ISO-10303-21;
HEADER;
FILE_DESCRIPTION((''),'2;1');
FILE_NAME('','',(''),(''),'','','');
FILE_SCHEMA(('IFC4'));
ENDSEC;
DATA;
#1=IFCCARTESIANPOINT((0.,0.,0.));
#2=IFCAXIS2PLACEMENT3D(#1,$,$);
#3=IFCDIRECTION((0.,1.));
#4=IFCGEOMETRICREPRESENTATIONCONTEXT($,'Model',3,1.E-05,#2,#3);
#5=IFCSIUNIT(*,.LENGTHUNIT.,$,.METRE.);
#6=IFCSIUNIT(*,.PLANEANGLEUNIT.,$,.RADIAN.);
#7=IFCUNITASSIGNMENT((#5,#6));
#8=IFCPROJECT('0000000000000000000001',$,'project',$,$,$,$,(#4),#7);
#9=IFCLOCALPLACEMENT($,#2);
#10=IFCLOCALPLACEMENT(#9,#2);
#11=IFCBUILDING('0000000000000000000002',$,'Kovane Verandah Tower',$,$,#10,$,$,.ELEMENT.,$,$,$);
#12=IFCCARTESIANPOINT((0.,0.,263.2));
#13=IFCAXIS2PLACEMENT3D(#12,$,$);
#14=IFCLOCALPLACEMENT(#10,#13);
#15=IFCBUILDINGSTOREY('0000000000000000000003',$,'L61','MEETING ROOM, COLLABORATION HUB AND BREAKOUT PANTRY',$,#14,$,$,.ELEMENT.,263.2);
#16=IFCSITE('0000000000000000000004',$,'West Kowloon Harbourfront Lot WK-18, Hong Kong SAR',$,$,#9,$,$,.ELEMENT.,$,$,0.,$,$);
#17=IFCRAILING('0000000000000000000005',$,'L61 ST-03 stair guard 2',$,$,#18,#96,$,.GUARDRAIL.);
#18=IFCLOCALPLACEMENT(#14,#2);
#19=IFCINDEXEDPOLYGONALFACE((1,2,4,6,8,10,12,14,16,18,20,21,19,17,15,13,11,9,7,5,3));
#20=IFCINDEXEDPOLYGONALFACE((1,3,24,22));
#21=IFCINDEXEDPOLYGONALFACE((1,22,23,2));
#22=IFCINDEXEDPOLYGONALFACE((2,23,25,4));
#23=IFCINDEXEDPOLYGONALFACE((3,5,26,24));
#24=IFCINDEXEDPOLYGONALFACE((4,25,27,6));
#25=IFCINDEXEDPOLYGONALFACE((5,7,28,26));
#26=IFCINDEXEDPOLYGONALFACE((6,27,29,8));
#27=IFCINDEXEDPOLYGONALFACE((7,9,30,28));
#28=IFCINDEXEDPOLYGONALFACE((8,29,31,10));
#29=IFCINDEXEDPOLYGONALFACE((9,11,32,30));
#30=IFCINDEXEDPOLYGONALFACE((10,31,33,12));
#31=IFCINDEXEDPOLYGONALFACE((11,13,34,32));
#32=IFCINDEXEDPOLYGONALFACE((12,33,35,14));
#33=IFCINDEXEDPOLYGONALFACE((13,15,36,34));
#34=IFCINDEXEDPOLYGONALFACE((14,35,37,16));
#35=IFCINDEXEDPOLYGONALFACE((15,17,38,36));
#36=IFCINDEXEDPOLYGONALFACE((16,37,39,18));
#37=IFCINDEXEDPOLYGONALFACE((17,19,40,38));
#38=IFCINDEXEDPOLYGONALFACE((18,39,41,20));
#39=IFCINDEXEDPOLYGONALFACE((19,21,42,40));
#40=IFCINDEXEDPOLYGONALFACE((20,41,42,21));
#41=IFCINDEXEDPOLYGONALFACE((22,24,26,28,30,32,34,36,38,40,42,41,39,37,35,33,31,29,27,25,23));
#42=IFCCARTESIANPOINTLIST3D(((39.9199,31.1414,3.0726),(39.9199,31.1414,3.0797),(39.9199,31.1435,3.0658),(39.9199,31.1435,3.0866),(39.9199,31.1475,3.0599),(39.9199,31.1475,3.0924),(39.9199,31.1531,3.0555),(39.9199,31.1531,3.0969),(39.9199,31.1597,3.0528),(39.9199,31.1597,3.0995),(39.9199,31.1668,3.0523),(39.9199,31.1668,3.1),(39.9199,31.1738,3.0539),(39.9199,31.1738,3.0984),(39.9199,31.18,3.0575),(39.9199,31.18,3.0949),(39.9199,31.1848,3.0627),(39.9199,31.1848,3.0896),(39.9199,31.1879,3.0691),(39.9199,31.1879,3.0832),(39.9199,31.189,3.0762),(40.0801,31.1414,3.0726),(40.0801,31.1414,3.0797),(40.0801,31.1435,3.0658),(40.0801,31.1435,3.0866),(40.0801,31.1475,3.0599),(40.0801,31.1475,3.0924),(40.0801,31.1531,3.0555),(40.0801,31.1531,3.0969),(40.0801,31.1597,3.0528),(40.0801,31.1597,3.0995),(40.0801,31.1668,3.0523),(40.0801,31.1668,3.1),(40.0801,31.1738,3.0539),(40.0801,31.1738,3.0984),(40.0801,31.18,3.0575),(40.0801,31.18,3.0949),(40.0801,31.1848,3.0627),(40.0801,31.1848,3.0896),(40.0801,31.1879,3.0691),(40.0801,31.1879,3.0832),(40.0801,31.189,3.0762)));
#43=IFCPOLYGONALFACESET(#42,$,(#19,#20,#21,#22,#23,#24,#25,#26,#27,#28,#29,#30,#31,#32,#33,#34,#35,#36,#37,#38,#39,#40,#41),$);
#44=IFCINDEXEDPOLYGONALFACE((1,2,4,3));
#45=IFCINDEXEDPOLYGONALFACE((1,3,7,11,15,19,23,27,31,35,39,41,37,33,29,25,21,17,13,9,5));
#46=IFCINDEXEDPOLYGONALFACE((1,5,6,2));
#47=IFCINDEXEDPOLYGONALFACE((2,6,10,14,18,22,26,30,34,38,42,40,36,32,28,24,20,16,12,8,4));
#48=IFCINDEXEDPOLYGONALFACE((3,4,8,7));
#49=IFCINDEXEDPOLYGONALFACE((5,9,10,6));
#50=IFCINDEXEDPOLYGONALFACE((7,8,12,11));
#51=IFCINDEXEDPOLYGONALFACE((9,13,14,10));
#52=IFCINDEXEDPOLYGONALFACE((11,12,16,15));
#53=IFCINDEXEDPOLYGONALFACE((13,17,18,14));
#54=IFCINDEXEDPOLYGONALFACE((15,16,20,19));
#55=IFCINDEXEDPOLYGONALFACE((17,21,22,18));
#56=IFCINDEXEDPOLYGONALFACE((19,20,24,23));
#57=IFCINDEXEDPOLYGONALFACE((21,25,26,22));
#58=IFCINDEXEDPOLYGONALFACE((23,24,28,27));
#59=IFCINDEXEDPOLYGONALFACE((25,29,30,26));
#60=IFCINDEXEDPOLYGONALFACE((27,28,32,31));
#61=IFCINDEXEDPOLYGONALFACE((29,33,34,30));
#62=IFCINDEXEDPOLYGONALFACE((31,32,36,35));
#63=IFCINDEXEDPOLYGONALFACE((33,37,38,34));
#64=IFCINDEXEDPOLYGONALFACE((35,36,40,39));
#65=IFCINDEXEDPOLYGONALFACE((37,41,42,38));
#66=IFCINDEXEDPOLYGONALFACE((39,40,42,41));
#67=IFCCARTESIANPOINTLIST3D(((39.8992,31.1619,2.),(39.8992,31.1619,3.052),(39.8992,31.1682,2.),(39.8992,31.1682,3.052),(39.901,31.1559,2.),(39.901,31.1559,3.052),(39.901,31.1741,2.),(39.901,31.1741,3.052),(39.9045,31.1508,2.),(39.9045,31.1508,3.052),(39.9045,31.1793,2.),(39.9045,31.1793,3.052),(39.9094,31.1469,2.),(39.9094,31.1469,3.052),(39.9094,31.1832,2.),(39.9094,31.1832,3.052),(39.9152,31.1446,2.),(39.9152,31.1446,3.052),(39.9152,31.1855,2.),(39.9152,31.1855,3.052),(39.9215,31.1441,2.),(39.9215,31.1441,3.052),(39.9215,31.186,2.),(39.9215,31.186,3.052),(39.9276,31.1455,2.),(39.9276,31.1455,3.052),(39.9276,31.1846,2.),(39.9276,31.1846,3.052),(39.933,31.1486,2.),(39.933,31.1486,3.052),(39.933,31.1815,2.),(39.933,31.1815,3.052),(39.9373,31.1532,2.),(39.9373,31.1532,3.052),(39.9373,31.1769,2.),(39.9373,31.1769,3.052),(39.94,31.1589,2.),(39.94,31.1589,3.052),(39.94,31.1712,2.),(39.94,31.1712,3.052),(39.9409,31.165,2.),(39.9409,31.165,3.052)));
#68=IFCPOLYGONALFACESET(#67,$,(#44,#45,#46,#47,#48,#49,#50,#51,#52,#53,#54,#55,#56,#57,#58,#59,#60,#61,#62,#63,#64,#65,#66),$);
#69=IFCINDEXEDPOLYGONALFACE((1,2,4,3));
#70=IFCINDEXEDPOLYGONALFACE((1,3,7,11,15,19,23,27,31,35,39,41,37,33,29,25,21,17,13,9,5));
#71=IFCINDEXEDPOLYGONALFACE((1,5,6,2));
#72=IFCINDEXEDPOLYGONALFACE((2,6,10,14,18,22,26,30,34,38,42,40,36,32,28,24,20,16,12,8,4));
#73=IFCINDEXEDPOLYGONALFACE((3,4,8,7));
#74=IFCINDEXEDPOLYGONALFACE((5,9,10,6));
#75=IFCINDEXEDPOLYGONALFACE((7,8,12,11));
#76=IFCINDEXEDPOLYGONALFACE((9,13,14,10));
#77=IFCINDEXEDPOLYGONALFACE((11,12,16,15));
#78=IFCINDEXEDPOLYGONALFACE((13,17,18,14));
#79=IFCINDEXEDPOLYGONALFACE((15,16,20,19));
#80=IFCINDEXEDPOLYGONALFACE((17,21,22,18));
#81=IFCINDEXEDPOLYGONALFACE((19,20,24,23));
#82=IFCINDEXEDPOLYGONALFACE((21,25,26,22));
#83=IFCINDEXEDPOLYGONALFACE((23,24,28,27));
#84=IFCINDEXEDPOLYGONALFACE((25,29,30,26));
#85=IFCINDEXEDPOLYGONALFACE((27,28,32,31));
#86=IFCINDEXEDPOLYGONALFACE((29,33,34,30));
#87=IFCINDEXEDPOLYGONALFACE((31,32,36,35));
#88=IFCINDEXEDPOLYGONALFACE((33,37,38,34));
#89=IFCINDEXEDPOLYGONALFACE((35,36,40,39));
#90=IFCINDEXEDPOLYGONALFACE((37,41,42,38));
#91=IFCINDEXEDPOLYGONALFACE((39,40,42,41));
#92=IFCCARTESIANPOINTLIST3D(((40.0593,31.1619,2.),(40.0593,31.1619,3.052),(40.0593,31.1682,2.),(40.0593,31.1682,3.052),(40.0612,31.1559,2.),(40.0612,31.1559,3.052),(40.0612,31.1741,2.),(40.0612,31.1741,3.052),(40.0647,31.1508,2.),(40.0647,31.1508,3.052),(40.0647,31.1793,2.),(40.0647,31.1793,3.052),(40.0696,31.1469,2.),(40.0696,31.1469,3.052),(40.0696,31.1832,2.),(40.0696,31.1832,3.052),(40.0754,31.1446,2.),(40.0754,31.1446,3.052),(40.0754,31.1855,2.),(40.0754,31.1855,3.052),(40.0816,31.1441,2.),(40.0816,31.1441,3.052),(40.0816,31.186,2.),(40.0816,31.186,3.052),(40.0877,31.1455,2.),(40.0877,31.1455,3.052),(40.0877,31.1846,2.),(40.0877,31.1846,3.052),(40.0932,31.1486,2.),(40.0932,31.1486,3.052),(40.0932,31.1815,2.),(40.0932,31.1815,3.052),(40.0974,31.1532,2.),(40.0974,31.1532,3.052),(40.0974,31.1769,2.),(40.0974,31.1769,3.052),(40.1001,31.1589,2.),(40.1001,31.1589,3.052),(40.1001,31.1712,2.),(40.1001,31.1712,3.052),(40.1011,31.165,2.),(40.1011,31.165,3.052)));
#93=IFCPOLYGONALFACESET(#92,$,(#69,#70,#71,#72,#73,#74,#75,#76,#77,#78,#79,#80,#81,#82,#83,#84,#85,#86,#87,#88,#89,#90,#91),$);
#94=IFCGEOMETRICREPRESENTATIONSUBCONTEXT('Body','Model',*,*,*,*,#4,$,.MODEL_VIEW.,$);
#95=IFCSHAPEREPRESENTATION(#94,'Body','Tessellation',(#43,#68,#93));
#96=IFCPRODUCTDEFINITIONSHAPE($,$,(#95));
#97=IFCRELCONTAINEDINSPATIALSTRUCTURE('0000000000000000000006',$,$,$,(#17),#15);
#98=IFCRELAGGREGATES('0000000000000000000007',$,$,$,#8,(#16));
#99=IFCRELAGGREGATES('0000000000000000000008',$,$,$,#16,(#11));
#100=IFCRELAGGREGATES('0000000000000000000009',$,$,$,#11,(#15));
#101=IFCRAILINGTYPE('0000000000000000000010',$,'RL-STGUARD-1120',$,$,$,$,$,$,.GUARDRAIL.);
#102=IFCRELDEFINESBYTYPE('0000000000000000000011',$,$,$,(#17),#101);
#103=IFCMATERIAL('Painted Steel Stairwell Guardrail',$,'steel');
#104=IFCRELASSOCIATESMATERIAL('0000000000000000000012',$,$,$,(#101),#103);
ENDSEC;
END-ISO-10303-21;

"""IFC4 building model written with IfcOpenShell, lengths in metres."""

from ifc_helpers import new_model, si_unit, direction, frame, origin, origin_2d, place, context, subcontext, project, spatial, circle, extrude, material, type_object, element, save


model = new_model("IFC4")

# Units and contexts
model_context = context("Model", 3, precision=1e-05, world=origin(), true_north=direction((0.0, 1.0)))
body_context = subcontext(model_context, "Body", "Model", "MODEL_VIEW")
ifc_project = project(units=[si_unit("LENGTHUNIT", "METRE"), si_unit("PLANEANGLEUNIT", "RADIAN")], contexts=[model_context])

# Site, building, storey
site_placement = place(None, origin())
site = spatial("IfcSite", under=ifc_project, at=site_placement, Name="West Kowloon Harbourfront Lot WK-18, Hong Kong SAR", CompositionType="ELEMENT", RefElevation=0.0)
building_placement = place(site_placement, origin())
building = spatial("IfcBuilding", under=site, at=building_placement, Name="Kovane Verandah Tower", CompositionType="ELEMENT")
storey_placement = place(building_placement, frame((0.0, 0.0, 263.2)))
storey = spatial("IfcBuildingStorey", under=building, at=storey_placement, Name="L61", Description="MEETING ROOM, COLLABORATION HUB AND BREAKOUT PANTRY", CompositionType="ELEMENT", Elevation=263.2)

# Railing
ifc_material_1 = material(Name="Painted Steel Stairwell Guardrail", Category="steel")
railing_type_1 = type_object("IfcRailingType", Name="RL-STGUARD-1120", PredefinedType="GUARDRAIL", material=ifc_material_1)
railing_1_placement = place(storey_placement, frame((39.9199, 31.165, 2.0)))
element("IfcRailing", 1, at=railing_1_placement, inside=storey, type_object=railing_type_1, Name="L61 ST-03 stair guard 2", PredefinedType="GUARDRAIL", context=body_context, shape_type="SweptSolid", body=[
    extrude(circle(Radius=0.0239, at=origin_2d()), frame((0.0, 0.0, 1.0762), z_axis=(1.0, 0.0, 0.0), x_axis=(0.0, 1.0, 0.0)), (0.0, 0.0, 1.0), 0.1602),
    extrude(circle(Radius=0.021, at=origin_2d()), origin(), (0.0, 0.0, 1.0), 1.052),
    extrude(circle(Radius=0.021, at=origin_2d()), frame((0.1602, 0.0, 0.0)), (0.0, 0.0, 1.0), 1.052),
])

save(model, "model.ifc")
